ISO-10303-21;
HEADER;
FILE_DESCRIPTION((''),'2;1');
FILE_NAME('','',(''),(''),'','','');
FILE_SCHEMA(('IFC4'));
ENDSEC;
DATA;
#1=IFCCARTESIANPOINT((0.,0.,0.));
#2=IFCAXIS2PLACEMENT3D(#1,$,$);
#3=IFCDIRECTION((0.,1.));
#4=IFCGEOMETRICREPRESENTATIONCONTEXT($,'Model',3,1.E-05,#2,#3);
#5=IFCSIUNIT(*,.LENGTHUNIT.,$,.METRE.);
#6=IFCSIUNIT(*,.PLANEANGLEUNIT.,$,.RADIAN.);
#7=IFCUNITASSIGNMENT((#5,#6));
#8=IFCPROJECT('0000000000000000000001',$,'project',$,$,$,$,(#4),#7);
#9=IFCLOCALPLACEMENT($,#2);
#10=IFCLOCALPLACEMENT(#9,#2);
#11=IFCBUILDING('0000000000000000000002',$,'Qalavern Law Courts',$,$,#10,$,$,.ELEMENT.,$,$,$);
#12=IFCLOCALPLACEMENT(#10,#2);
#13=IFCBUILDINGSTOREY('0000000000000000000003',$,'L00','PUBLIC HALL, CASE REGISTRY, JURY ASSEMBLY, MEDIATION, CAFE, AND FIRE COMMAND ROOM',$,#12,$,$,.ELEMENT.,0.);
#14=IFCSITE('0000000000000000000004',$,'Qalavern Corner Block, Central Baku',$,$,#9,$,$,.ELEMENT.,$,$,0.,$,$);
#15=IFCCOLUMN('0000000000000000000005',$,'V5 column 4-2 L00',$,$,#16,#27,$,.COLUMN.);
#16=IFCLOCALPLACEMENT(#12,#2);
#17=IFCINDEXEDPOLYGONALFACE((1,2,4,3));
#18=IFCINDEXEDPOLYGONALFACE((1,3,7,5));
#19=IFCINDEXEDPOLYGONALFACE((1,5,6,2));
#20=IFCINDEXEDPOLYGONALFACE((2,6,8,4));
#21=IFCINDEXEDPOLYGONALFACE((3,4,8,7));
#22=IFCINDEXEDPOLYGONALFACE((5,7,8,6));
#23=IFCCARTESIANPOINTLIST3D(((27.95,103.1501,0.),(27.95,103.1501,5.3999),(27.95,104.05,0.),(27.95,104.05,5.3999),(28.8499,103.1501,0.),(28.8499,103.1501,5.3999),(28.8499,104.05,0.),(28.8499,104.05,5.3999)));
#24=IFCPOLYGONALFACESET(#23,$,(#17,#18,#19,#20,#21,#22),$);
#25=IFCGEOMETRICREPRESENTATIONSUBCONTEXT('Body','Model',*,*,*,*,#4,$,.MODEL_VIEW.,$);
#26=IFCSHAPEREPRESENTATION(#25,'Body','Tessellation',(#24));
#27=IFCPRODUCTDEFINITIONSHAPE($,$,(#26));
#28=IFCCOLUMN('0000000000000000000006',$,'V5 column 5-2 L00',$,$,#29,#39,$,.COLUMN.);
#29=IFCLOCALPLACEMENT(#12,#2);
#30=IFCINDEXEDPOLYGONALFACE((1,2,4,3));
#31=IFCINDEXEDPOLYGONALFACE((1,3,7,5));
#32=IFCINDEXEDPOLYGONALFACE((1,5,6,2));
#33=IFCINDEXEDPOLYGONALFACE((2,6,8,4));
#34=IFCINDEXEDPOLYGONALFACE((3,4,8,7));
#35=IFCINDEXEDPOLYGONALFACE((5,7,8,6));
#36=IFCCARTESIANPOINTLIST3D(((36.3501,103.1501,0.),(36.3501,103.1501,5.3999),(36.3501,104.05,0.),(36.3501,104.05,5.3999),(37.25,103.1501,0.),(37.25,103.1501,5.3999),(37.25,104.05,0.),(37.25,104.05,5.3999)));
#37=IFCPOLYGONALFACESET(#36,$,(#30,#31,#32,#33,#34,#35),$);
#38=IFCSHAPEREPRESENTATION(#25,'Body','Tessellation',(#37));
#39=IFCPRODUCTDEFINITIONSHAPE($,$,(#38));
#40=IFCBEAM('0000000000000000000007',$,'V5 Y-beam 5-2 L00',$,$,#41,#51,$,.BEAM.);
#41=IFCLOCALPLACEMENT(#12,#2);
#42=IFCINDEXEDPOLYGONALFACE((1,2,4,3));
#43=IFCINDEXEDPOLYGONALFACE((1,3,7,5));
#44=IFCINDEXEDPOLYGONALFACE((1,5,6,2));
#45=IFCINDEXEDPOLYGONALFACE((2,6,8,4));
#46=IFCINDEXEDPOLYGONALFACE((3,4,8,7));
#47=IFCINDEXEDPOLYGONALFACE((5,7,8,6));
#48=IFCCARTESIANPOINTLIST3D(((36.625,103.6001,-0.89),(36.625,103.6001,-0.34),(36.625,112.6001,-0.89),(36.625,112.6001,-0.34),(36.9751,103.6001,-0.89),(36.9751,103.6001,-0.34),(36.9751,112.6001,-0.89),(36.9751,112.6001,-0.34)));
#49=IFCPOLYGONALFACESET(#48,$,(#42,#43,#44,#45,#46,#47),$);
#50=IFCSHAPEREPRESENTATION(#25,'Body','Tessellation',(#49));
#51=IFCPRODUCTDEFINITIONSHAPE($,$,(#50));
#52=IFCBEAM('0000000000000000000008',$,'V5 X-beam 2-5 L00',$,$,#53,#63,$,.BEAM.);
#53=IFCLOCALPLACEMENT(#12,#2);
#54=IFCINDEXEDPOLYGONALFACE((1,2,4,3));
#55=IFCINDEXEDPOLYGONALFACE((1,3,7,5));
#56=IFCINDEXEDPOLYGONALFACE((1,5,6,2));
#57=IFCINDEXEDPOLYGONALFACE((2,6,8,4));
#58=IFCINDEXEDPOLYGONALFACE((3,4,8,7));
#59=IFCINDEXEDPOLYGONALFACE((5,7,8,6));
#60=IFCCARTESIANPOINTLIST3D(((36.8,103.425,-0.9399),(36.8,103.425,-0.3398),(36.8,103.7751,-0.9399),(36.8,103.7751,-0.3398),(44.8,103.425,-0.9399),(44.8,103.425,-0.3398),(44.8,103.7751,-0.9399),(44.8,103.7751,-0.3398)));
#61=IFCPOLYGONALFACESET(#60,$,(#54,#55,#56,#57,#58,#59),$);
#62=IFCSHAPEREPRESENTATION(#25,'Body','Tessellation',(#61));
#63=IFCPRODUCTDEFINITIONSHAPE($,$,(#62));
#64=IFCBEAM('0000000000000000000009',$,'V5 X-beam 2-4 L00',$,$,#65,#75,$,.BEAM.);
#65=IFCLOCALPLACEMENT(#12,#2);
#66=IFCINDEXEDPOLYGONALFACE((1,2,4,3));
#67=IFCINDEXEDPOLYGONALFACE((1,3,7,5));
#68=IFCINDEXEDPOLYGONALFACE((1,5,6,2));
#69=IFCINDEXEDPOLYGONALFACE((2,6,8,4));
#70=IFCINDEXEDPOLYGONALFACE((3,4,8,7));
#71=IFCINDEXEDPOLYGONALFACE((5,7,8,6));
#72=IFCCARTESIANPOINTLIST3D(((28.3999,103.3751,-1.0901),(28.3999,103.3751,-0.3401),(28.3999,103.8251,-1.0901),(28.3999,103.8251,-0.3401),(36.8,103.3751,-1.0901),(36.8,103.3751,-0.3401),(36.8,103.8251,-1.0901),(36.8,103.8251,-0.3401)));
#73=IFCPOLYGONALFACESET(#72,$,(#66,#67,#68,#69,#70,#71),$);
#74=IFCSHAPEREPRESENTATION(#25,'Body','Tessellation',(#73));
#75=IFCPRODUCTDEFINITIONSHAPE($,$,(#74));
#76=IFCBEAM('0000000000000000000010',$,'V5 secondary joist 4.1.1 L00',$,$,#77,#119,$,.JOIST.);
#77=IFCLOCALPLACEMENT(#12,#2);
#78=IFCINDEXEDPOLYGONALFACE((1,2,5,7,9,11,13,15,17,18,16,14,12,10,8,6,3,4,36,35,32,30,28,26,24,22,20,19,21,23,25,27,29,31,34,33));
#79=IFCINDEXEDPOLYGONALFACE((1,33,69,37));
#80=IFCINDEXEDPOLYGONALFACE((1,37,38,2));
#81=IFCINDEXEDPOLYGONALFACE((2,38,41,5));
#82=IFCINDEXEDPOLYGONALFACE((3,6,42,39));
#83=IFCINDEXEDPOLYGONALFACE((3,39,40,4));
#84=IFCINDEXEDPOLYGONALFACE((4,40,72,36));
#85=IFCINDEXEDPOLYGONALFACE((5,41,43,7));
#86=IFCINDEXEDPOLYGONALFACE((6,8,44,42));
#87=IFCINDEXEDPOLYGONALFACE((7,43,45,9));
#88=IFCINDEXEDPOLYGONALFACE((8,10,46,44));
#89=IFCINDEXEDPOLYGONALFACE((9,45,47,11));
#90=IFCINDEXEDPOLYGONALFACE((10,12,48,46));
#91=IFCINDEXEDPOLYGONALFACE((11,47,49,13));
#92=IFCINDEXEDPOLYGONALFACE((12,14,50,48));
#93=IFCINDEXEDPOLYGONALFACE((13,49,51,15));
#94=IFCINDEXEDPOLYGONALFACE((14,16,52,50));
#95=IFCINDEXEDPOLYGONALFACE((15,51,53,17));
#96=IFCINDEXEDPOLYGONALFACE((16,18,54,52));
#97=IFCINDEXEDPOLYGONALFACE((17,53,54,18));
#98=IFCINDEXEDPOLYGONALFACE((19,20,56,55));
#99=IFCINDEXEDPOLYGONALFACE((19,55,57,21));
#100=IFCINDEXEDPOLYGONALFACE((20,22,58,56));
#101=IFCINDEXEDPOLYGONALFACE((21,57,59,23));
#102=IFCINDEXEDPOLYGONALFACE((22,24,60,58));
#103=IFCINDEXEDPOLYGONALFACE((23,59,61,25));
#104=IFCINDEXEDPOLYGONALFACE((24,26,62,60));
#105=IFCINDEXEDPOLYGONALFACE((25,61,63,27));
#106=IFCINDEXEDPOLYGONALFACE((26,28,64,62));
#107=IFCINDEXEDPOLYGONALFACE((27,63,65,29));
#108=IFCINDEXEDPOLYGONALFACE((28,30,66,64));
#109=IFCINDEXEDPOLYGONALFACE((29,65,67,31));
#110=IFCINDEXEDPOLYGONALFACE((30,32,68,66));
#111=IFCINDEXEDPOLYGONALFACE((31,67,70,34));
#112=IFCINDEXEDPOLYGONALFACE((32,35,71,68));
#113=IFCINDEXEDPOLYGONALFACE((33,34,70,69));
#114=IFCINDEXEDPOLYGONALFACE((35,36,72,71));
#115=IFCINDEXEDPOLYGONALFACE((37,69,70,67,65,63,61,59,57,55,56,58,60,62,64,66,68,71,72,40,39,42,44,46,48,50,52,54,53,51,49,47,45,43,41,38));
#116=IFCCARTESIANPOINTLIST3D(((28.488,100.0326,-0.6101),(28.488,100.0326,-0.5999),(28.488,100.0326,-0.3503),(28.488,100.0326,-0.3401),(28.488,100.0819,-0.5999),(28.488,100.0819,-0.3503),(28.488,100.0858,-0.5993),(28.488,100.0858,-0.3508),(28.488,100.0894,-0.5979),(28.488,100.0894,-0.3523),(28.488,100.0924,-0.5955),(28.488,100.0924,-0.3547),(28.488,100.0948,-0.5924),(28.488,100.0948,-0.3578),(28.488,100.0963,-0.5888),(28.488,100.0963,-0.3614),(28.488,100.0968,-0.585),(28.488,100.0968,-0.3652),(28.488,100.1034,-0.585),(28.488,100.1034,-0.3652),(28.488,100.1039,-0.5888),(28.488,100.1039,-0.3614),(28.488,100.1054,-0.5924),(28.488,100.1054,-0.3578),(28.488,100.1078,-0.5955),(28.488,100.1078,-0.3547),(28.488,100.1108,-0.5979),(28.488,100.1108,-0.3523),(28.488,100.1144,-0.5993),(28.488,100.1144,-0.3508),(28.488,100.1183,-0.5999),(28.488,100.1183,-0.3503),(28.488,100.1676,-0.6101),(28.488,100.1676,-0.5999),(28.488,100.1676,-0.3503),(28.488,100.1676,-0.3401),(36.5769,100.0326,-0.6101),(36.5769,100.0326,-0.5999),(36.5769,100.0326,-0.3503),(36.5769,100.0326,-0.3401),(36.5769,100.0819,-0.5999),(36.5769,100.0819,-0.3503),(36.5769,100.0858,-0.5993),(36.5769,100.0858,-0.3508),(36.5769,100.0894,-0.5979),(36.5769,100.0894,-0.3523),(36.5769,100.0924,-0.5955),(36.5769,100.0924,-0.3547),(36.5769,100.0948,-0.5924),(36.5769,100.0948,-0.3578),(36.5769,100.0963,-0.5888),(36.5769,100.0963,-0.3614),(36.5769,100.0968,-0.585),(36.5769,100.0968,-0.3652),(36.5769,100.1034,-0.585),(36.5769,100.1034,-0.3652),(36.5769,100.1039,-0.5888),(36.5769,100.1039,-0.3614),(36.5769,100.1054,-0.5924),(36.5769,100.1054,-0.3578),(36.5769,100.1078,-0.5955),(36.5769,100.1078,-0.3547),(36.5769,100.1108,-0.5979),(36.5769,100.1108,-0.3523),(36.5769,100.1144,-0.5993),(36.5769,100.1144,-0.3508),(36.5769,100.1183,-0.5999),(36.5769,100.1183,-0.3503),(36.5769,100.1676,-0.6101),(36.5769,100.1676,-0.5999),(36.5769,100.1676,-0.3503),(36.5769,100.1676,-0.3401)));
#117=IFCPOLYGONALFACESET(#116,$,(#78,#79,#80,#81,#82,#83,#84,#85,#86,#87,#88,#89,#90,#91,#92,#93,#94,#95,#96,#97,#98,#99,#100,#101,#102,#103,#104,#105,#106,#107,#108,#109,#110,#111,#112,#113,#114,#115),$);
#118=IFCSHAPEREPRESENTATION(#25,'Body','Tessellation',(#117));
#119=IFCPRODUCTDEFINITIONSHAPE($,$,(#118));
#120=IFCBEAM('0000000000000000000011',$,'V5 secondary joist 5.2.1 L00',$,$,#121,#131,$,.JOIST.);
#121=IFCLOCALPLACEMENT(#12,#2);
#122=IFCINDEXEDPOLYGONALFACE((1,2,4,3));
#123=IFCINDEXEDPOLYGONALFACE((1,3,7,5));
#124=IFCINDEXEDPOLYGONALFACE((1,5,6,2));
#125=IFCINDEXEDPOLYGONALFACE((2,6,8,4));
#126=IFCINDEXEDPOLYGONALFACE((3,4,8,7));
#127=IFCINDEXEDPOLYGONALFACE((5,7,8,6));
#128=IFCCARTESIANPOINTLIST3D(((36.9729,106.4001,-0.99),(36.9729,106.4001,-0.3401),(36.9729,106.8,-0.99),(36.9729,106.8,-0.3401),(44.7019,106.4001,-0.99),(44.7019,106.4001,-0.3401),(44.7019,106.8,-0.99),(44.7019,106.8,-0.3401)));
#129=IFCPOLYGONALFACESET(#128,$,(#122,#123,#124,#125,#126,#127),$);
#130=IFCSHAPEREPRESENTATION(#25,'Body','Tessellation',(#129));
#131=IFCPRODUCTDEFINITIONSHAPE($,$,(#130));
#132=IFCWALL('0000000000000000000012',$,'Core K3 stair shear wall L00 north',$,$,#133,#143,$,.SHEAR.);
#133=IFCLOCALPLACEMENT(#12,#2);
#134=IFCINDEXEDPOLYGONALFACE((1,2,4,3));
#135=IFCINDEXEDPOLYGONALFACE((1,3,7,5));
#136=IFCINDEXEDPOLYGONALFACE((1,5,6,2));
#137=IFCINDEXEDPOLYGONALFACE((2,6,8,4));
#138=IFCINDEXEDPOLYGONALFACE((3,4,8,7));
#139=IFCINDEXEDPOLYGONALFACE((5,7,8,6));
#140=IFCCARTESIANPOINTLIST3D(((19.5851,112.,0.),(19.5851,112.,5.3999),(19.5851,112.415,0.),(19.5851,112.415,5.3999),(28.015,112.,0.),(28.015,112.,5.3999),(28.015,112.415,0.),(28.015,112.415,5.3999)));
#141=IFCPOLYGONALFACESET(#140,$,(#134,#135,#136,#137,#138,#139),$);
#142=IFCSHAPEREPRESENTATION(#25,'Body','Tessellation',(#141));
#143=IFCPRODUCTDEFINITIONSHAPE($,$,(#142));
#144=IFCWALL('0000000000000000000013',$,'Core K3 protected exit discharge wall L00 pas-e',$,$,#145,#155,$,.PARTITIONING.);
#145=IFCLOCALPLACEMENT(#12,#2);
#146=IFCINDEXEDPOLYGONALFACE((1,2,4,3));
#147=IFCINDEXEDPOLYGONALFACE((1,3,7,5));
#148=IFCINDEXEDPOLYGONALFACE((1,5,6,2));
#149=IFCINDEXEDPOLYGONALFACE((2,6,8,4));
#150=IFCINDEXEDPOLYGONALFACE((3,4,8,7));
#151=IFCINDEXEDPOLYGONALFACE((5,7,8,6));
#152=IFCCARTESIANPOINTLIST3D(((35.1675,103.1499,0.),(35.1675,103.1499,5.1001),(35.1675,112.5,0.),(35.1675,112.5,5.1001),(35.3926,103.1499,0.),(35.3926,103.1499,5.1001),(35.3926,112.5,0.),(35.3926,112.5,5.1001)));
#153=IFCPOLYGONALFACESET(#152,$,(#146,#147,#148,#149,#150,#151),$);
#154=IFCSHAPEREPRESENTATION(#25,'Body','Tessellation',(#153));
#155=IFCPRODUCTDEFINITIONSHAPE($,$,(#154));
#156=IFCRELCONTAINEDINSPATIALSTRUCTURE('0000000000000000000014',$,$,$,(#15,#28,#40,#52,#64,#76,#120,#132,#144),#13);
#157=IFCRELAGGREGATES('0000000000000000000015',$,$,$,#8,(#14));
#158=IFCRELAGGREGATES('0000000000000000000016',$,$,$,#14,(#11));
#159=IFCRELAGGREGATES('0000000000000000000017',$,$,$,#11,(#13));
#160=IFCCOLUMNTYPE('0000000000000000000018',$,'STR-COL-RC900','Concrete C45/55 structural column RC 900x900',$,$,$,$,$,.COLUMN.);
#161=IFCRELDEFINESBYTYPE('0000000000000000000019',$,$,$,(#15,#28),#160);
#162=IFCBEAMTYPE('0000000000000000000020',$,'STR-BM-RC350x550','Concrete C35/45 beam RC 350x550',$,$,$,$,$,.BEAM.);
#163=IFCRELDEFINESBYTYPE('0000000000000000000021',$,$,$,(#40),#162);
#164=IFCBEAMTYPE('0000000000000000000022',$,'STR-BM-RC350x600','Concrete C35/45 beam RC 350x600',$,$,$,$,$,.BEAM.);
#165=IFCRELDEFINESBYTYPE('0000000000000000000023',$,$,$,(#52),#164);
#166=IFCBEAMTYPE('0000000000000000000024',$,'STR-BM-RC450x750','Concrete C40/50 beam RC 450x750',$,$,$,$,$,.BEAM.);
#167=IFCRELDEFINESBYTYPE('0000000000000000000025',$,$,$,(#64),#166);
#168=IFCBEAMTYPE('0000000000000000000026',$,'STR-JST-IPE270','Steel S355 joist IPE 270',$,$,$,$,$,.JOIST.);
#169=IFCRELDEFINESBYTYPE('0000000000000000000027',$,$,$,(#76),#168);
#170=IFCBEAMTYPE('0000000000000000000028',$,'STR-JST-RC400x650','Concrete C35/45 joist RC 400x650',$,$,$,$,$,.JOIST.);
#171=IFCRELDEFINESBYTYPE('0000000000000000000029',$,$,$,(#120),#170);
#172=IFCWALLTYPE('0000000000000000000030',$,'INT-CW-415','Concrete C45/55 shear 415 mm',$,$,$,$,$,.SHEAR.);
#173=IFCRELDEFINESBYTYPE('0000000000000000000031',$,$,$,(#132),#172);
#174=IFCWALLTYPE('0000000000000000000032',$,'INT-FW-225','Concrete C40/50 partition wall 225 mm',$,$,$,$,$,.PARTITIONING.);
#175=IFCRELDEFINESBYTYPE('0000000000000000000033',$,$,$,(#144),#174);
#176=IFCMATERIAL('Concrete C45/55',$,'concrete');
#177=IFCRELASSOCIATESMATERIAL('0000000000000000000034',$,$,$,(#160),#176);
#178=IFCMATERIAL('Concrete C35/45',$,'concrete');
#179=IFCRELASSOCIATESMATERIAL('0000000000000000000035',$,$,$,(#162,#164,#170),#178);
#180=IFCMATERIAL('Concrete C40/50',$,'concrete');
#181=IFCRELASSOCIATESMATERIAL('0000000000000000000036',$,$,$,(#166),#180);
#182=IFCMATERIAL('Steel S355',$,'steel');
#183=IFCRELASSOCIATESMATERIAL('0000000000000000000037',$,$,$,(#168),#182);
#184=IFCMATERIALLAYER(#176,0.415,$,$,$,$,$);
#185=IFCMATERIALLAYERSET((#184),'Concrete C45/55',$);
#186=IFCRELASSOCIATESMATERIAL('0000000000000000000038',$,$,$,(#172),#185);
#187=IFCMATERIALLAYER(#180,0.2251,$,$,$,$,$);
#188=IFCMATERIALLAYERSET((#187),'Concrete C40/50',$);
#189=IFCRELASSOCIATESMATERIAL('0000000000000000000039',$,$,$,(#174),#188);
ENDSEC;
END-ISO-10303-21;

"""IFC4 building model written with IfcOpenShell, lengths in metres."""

from ifc_helpers import new_model, si_unit, direction, frame, frame_2d, origin, origin_2d, place, context, subcontext, project, spatial, rectangle, i_section, extrude, material, layer, layer_set, material_profile, profile_set, type_object, element, save


model = new_model("IFC4")

# Units and contexts
model_context = context("Model", 3, precision=1e-05, world=origin(), true_north=direction((0.0, 1.0)))
body_context = subcontext(model_context, "Body", "Model", "MODEL_VIEW")
ifc_project = project(units=[si_unit("LENGTHUNIT", "METRE"), si_unit("PLANEANGLEUNIT", "RADIAN")], contexts=[model_context])

# Site, building, storey
site_placement = place(None, origin())
site = spatial("IfcSite", under=ifc_project, at=site_placement, Name="Qalavern Corner Block, Central Baku", CompositionType="ELEMENT", RefElevation=0.0)
building_placement = place(site_placement, origin())
building = spatial("IfcBuilding", under=site, at=building_placement, Name="Qalavern Law Courts", CompositionType="ELEMENT")
storey_placement = place(building_placement, origin())
storey = spatial("IfcBuildingStorey", under=building, at=storey_placement, Name="L00", Description="PUBLIC HALL, CASE REGISTRY, JURY ASSEMBLY, MEDIATION, CAFE, AND FIRE COMMAND ROOM", CompositionType="ELEMENT", Elevation=0.0)

# Columns
ifc_material_1 = material(Name="Concrete C45/55", Category="concrete")
ifc_material_profile_1 = material_profile(ifc_material_1, rectangle(XDim=0.8999, YDim=0.8999, at=origin_2d()), Name="RC 900x900")
ifc_profile_set_1 = profile_set([ifc_material_profile_1], Name="Concrete C45/55")
column_type = type_object("IfcColumnType", Name="STR-COL-RC900", Description="Concrete C45/55 structural column RC 900x900", PredefinedType="COLUMN", material=ifc_profile_set_1)
for number, where, z_axis, x_axis, name in (
    (1, (28.3999, 103.6001, 0.0), (0.0, 0.0, 1.0), (1.0, 0.0, 0.0), "V5 column 4-2 L00"),
    (2, (36.8, 103.6001, 0.0), (0.0, 0.0, 1.0), (1.0, 0.0, 0.0), "V5 column 5-2 L00"),
):
    element("IfcColumn", number, at=place(storey_placement, frame(where, z_axis=z_axis, x_axis=x_axis)), inside=storey, type_object=column_type, Name=name, PredefinedType="COLUMN", context=body_context, shape_type="SweptSolid", body=[
        extrude(rectangle(XDim=0.8999, YDim=0.8999, at=origin_2d()), origin(), (0.0, 0.0, 1.0), 5.3999),
    ])

# Beams
ifc_material_2 = material(Name="Concrete C35/45", Category="concrete")
ifc_material_profile_2 = material_profile(ifc_material_2, rectangle(XDim=0.3501, YDim=0.55, at=origin_2d()), Name="RC 350x550")
ifc_profile_set_2 = profile_set([ifc_material_profile_2], Name="Concrete C35/45")
beam_type_1 = type_object("IfcBeamType", Name="STR-BM-RC350x550", Description="Concrete C35/45 beam RC 350x550", PredefinedType="BEAM", material=ifc_profile_set_2)
beam_1_placement = place(storey_placement, frame((36.8, 103.6001, -0.615), z_axis=(0.0, 1.0, 0.0), x_axis=(-1.0, 0.0, 0.0)))
element("IfcBeam", 3, at=beam_1_placement, inside=storey, type_object=beam_type_1, Name="V5 Y-beam 5-2 L00", PredefinedType="BEAM", context=body_context, shape_type="SweptSolid", body=[
    extrude(rectangle(XDim=0.3501, YDim=0.55, at=origin_2d()), origin(), (0.0, 0.0, 1.0), 9.0),
])
ifc_material_profile_3 = material_profile(ifc_material_2, rectangle(XDim=0.3501, YDim=0.6001, at=origin_2d()), Name="RC 350x600")
ifc_profile_set_3 = profile_set([ifc_material_profile_3], Name="Concrete C35/45")
beam_type_2 = type_object("IfcBeamType", Name="STR-BM-RC350x600", Description="Concrete C35/45 beam RC 350x600", PredefinedType="BEAM", material=ifc_profile_set_3)
beam_2_placement = place(storey_placement, frame((36.8, 103.6001, -0.6399), z_axis=(1.0, 0.0, 0.0), x_axis=(0.0, 1.0, 0.0)))
element("IfcBeam", 4, at=beam_2_placement, inside=storey, type_object=beam_type_2, Name="V5 X-beam 2-5 L00", PredefinedType="BEAM", context=body_context, shape_type="SweptSolid", body=[
    extrude(rectangle(XDim=0.3501, YDim=0.6001, at=origin_2d()), origin(), (0.0, 0.0, 1.0), 8.0),
])
ifc_material_3 = material(Name="Concrete C40/50", Category="concrete")
ifc_material_profile_4 = material_profile(ifc_material_3, rectangle(XDim=0.45, YDim=0.75, at=origin_2d()), Name="RC 450x750")
ifc_profile_set_4 = profile_set([ifc_material_profile_4], Name="Concrete C40/50")
beam_type_3 = type_object("IfcBeamType", Name="STR-BM-RC450x750", Description="Concrete C40/50 beam RC 450x750", PredefinedType="BEAM", material=ifc_profile_set_4)
beam_3_placement = place(storey_placement, frame((28.3999, 103.6001, -0.7151), z_axis=(1.0, 0.0, 0.0), x_axis=(0.0, 1.0, 0.0)))
element("IfcBeam", 5, at=beam_3_placement, inside=storey, type_object=beam_type_3, Name="V5 X-beam 2-4 L00", PredefinedType="BEAM", context=body_context, shape_type="SweptSolid", body=[
    extrude(rectangle(XDim=0.45, YDim=0.75, at=origin_2d()), origin(), (0.0, 0.0, 1.0), 8.4001),
])
ifc_material_4 = material(Name="Steel S355", Category="steel")
ifc_material_profile_5 = material_profile(ifc_material_4, i_section(OverallWidth=0.135, OverallDepth=0.27, WebThickness=0.0066, FlangeThickness=0.0103, FilletRadius=0.0149, at=origin_2d()), Name="IPE 270")
ifc_profile_set_5 = profile_set([ifc_material_profile_5], Name="Steel S355")
beam_type_4 = type_object("IfcBeamType", Name="STR-JST-IPE270", Description="Steel S355 joist IPE 270", PredefinedType="JOIST", material=ifc_profile_set_5)
beam_4_placement = place(storey_placement, frame((28.488, 100.1001, -0.4751), z_axis=(1.0, 0.0, 0.0), x_axis=(0.0, 1.0, 0.0)))
element("IfcBeam", 6, at=beam_4_placement, inside=storey, type_object=beam_type_4, Name="V5 secondary joist 4.1.1 L00", PredefinedType="JOIST", context=body_context, shape_type="SweptSolid", body=[
    extrude(i_section(OverallWidth=0.135, OverallDepth=0.27, WebThickness=0.0066, FlangeThickness=0.0103, FilletRadius=0.0149, at=origin_2d()), origin(), (0.0, 0.0, 1.0), 8.0889),
])
ifc_material_profile_6 = material_profile(ifc_material_2, rectangle(XDim=0.3999, YDim=0.6499, at=origin_2d()), Name="RC 400x650")
ifc_profile_set_6 = profile_set([ifc_material_profile_6], Name="Concrete C35/45")
beam_type_5 = type_object("IfcBeamType", Name="STR-JST-RC400x650", Description="Concrete C35/45 joist RC 400x650", PredefinedType="JOIST", material=ifc_profile_set_6)
beam_5_placement = place(storey_placement, frame((36.9729, 106.6001, -0.665), z_axis=(1.0, 0.0, 0.0), x_axis=(0.0, 1.0, 0.0)))
element("IfcBeam", 7, at=beam_5_placement, inside=storey, type_object=beam_type_5, Name="V5 secondary joist 5.2.1 L00", PredefinedType="JOIST", context=body_context, shape_type="SweptSolid", body=[
    extrude(rectangle(XDim=0.3999, YDim=0.6499, at=origin_2d()), origin(), (0.0, 0.0, 1.0), 7.729),
])

# Walls
ifc_layer_1 = layer(ifc_material_1, 0.415)
ifc_layer_set_1 = layer_set([ifc_layer_1], Name="Concrete C45/55")
wall_type_1 = type_object("IfcWallType", Name="INT-CW-415", Description="Concrete C45/55 shear 415 mm", PredefinedType="SHEAR", material=ifc_layer_set_1)
wall_1_placement = place(storey_placement, frame((28.0149, 112.2075, 0.0), z_axis=(0.0, 0.0, 1.0), x_axis=(-1.0, 0.0, 0.0)))
element("IfcWall", 8, at=wall_1_placement, inside=storey, type_object=wall_type_1, Name="Core K3 stair shear wall L00 north", PredefinedType="SHEAR", context=body_context, shape_type="SweptSolid", body=[
    extrude(rectangle(XDim=8.4299, YDim=0.415, at=frame_2d((4.2148, 0.0))), origin(), (0.0, 0.0, 1.0), 5.3999),
])
ifc_layer_2 = layer(ifc_material_3, 0.2251)
ifc_layer_set_2 = layer_set([ifc_layer_2], Name="Concrete C40/50")
wall_type_2 = type_object("IfcWallType", Name="INT-FW-225", Description="Concrete C40/50 partition wall 225 mm", PredefinedType="PARTITIONING", material=ifc_layer_set_2)
wall_2_placement = place(storey_placement, frame((35.28, 103.1499, 0.0), z_axis=(0.0, 0.0, 1.0), x_axis=(0.0, 1.0, 0.0)))
element("IfcWall", 9, at=wall_2_placement, inside=storey, type_object=wall_type_2, Name="Core K3 protected exit discharge wall L00 pas-e", PredefinedType="PARTITIONING", context=body_context, shape_type="SweptSolid", body=[
    extrude(rectangle(XDim=9.3501, YDim=0.2251, at=frame_2d((4.675, 0.0))), origin(), (0.0, 0.0, 1.0), 5.1001),
])

save(model, "model.ifc")
